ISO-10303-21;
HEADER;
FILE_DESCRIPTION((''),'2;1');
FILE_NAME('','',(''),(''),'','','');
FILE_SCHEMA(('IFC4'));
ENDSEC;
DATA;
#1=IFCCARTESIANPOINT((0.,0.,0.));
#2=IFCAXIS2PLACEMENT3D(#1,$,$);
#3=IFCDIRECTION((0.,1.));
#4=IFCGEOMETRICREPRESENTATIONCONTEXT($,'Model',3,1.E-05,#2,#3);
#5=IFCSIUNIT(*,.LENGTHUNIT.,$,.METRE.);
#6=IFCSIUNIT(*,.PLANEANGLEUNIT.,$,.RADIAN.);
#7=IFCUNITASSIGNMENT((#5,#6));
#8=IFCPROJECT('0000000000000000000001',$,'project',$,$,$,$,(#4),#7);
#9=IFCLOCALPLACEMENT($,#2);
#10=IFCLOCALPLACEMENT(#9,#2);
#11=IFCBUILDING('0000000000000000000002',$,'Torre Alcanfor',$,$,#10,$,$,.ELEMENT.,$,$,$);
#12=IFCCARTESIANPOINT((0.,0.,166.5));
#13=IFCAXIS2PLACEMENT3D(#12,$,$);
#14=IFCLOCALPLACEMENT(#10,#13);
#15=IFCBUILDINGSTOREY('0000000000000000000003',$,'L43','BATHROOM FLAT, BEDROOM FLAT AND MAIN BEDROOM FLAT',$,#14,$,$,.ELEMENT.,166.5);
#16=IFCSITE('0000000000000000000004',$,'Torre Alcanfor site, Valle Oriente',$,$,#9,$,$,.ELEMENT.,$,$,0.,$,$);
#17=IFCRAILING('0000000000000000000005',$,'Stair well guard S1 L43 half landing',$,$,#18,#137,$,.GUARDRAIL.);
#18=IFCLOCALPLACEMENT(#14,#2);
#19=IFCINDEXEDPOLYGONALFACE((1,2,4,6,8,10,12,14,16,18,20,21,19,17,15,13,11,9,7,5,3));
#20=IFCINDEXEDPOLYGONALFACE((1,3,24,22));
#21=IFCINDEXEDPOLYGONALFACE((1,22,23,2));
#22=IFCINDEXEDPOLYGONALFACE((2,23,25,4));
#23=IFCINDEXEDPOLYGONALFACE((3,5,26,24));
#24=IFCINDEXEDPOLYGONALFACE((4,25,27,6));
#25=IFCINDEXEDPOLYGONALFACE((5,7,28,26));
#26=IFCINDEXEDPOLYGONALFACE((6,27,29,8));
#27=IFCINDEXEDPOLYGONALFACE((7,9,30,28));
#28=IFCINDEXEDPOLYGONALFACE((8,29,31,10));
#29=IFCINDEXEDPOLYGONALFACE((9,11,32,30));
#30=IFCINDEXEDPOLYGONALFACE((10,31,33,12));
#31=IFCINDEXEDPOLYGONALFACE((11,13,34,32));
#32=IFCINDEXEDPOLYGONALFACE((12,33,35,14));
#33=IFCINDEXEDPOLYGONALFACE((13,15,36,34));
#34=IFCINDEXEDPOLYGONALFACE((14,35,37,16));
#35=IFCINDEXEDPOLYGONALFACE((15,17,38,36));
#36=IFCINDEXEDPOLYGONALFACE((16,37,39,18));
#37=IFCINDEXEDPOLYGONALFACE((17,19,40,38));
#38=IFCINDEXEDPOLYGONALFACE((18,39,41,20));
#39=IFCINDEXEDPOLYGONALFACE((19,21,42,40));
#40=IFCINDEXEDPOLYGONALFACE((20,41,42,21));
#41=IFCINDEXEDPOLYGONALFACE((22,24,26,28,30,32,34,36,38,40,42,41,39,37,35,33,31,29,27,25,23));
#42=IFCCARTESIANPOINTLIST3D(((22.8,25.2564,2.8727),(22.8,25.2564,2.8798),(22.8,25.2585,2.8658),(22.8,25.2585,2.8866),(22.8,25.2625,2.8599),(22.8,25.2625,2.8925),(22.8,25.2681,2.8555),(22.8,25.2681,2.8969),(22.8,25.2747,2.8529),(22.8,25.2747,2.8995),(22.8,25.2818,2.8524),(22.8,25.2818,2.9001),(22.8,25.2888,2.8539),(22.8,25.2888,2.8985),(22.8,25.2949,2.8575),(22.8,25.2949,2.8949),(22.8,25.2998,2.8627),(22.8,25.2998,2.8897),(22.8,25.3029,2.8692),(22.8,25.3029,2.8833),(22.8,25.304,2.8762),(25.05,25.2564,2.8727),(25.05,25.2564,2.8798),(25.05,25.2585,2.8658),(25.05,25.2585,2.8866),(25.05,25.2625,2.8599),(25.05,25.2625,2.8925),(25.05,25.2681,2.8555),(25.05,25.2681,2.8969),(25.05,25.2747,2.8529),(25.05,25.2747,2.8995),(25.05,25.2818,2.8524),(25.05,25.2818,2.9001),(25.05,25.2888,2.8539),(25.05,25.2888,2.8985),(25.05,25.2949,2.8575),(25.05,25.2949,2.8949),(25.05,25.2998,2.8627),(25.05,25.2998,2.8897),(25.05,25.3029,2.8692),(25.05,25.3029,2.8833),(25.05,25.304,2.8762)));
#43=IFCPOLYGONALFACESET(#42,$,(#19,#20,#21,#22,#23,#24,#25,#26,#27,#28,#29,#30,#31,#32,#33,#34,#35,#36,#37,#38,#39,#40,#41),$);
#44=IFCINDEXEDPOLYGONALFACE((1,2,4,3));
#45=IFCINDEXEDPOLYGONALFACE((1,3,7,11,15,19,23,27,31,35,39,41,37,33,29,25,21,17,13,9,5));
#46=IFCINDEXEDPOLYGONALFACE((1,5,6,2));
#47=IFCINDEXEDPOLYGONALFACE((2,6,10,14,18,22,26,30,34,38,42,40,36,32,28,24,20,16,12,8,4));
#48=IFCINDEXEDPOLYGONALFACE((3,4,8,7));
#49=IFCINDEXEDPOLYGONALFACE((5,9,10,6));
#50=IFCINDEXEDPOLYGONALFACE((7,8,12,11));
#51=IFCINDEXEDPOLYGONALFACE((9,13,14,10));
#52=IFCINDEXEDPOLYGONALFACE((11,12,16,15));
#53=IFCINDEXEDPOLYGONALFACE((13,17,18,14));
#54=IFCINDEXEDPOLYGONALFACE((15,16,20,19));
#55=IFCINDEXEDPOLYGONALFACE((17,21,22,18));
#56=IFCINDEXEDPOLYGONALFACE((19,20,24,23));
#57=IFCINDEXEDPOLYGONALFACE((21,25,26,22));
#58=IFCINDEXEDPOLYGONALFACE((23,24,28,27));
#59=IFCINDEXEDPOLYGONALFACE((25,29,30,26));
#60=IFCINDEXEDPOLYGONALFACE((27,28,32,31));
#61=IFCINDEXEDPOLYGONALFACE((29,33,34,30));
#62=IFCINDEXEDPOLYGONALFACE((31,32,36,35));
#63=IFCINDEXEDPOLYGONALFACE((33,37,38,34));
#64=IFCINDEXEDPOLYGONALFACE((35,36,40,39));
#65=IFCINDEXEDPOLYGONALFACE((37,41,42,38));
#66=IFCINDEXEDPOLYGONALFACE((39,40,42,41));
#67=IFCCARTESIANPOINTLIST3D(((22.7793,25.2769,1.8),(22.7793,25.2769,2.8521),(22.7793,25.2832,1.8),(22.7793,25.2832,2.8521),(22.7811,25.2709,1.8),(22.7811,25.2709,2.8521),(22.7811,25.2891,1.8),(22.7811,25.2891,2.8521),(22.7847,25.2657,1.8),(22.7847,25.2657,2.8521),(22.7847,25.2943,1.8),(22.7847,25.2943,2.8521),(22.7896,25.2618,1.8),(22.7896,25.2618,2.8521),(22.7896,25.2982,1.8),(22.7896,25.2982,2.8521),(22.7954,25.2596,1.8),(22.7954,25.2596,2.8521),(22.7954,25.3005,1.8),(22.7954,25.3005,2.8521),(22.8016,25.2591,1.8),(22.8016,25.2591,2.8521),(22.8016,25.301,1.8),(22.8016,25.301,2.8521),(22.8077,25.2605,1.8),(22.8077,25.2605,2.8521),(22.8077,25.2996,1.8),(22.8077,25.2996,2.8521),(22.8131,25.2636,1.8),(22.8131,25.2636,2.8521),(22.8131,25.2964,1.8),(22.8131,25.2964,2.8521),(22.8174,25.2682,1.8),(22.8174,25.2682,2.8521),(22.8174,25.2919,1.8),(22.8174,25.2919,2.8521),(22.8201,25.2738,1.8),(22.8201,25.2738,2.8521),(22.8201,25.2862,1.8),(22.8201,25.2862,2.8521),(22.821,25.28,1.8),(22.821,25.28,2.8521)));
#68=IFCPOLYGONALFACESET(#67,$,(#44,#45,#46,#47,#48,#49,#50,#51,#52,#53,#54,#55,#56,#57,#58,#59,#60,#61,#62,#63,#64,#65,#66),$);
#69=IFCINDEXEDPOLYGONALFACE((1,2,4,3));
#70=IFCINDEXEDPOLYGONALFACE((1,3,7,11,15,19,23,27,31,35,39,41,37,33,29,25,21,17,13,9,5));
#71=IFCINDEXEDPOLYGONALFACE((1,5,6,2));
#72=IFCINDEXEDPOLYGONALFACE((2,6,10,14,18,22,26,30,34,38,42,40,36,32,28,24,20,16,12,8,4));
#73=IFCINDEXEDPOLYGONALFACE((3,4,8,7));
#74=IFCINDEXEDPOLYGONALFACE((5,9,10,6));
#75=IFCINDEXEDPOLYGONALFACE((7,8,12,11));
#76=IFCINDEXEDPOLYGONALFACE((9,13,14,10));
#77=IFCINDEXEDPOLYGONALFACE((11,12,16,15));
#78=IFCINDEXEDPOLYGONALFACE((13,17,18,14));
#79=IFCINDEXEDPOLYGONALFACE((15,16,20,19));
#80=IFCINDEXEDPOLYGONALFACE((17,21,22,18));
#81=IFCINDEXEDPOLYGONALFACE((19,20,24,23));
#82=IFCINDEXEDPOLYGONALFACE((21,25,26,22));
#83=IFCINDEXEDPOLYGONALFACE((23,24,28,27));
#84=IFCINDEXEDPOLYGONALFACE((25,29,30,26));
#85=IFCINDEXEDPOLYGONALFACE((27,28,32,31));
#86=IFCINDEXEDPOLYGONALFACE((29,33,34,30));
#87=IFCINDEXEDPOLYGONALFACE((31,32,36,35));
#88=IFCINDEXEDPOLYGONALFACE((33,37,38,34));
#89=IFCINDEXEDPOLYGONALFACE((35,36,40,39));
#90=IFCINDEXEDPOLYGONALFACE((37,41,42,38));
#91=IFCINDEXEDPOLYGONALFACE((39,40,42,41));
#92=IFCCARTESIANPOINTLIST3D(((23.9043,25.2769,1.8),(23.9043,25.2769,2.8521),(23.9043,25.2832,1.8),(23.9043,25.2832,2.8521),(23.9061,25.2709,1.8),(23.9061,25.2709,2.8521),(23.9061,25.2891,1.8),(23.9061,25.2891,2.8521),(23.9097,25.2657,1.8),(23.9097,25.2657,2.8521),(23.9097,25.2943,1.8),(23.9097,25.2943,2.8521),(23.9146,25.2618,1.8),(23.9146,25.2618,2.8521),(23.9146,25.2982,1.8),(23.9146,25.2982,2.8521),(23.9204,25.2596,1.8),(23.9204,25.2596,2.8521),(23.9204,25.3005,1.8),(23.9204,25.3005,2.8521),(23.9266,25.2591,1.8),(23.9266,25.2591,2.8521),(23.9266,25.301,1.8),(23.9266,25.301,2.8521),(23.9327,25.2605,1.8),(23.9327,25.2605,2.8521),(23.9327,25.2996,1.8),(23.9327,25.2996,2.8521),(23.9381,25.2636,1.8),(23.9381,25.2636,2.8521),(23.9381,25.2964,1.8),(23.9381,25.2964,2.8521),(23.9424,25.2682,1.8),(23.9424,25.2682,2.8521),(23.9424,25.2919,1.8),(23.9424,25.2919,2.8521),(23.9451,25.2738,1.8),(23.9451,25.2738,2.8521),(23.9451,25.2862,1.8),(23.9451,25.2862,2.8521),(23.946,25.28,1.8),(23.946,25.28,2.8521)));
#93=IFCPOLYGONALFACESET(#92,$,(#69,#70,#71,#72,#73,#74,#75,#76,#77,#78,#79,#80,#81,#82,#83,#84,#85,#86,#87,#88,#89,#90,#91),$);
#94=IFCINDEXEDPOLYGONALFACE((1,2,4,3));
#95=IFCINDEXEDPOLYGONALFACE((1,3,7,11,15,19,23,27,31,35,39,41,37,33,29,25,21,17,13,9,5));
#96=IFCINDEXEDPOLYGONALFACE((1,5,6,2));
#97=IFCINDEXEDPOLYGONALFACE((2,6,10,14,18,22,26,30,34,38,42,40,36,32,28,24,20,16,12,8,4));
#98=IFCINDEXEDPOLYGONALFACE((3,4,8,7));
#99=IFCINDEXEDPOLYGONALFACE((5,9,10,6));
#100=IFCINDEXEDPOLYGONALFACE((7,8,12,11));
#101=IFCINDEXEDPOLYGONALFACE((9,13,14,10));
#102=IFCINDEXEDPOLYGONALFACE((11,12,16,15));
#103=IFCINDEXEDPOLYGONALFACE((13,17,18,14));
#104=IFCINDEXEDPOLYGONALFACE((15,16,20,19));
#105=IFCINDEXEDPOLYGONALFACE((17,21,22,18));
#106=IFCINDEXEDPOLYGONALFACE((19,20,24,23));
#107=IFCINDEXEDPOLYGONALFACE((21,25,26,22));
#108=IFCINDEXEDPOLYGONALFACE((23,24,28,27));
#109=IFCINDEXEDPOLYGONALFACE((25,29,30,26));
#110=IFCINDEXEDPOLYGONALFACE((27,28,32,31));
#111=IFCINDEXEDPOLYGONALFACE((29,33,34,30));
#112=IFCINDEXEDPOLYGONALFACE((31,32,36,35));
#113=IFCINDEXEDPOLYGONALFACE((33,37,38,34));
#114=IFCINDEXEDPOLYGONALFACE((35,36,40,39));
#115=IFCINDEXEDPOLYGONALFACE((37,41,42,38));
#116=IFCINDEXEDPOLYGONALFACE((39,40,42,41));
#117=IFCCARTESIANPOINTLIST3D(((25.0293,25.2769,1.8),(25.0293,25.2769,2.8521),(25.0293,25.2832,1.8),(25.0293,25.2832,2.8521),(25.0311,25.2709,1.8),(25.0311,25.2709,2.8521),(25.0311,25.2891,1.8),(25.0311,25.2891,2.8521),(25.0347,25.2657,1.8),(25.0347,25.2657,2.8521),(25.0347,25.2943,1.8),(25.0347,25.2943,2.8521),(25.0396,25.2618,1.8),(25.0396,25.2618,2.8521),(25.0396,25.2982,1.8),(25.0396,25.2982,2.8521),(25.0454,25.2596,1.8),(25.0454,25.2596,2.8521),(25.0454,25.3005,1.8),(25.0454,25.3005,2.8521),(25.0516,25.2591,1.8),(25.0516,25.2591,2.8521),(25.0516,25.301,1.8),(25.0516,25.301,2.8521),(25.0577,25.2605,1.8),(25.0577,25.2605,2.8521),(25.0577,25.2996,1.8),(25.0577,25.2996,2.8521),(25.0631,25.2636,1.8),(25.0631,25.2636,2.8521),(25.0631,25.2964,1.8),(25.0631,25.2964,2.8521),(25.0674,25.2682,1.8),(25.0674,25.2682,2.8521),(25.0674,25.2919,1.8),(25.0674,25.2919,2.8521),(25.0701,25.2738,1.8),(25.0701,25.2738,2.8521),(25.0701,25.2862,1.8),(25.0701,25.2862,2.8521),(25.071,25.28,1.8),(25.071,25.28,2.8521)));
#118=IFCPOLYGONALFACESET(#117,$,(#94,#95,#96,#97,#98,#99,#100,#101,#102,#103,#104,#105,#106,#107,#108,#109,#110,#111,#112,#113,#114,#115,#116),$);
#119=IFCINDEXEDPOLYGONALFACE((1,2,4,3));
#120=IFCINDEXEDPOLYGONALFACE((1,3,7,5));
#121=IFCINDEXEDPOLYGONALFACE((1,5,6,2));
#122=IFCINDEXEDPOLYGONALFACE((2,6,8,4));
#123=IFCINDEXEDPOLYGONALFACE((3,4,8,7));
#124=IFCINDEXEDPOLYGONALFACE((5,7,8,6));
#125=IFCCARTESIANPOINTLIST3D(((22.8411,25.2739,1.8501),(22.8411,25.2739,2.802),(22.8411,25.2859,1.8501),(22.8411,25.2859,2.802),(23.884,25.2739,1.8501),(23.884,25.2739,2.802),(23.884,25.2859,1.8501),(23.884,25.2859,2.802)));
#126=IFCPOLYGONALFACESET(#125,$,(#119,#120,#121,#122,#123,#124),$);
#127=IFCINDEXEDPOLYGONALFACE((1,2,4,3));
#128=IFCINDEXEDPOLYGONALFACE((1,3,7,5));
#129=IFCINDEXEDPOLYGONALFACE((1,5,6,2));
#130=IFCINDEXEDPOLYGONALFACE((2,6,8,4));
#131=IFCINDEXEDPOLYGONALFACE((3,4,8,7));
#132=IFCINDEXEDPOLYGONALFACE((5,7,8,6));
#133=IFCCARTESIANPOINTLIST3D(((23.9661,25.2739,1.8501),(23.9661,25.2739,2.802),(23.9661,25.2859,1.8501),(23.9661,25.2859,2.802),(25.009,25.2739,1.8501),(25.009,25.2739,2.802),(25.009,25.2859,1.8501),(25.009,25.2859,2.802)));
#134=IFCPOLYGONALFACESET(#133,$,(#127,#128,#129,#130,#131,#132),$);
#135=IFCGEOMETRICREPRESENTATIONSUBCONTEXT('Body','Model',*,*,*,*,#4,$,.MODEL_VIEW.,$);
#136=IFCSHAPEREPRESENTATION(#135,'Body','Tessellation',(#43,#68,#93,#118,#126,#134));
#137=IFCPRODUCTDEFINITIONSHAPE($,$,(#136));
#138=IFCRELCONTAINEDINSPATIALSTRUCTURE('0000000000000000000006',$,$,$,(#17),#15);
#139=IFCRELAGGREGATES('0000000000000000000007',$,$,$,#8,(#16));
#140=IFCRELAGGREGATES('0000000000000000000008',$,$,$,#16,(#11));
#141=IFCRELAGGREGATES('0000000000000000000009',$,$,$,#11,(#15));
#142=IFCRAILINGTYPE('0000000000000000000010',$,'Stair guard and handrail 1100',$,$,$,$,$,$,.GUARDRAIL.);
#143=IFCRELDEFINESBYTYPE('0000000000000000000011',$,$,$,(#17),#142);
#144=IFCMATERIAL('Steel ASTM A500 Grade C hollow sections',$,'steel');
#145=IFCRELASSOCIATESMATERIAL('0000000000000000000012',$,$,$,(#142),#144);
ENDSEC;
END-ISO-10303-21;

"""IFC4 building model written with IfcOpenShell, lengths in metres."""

from ifc_helpers import new_model, si_unit, direction, frame, origin, origin_2d, place, context, subcontext, project, spatial, polyline, circle, outline, extrude, material, type_object, element, save


model = new_model("IFC4")

# Units and contexts
model_context = context("Model", 3, precision=1e-05, world=origin(), true_north=direction((0.0, 1.0)))
body_context = subcontext(model_context, "Body", "Model", "MODEL_VIEW")
ifc_project = project(units=[si_unit("LENGTHUNIT", "METRE"), si_unit("PLANEANGLEUNIT", "RADIAN")], contexts=[model_context])

# Site, building, storey
site_placement = place(None, origin())
site = spatial("IfcSite", under=ifc_project, at=site_placement, Name="Torre Alcanfor site, Valle Oriente", CompositionType="ELEMENT", RefElevation=0.0)
building_placement = place(site_placement, origin())
building = spatial("IfcBuilding", under=site, at=building_placement, Name="Torre Alcanfor", CompositionType="ELEMENT")
storey_placement = place(building_placement, frame((0.0, 0.0, 166.5)))
storey = spatial("IfcBuildingStorey", under=building, at=storey_placement, Name="L43", Description="BATHROOM FLAT, BEDROOM FLAT AND MAIN BEDROOM FLAT", CompositionType="ELEMENT", Elevation=166.5)

# Railing
ifc_material_1 = material(Name="Steel ASTM A500 Grade C hollow sections", Category="steel")
railing_type_1 = type_object("IfcRailingType", Name="Stair guard and handrail 1100", PredefinedType="GUARDRAIL", material=ifc_material_1)
railing_1_placement = place(storey_placement, frame((22.8, 25.28, 1.8)))
element("IfcRailing", 1, at=railing_1_placement, inside=storey, type_object=railing_type_1, Name="Stair well guard S1 L43 half landing", PredefinedType="GUARDRAIL", context=body_context, shape_type="SweptSolid", body=[
    extrude(circle(Radius=0.0239, at=origin_2d()), frame((0.0, 0.0, 1.0762), z_axis=(1.0, 0.0, 0.0), x_axis=(0.0, 1.0, 0.0)), (0.0, 0.0, 1.0), 2.25),
    extrude(circle(Radius=0.021, at=origin_2d()), origin(), (0.0, 0.0, 1.0), 1.052),
    extrude(circle(Radius=0.021, at=origin_2d()), frame((1.125, 0.0, 0.0)), (0.0, 0.0, 1.0), 1.052),
    extrude(circle(Radius=0.021, at=origin_2d()), frame((2.25, 0.0, 0.0)), (0.0, 0.0, 1.0), 1.052),
    extrude(outline(polyline([(0.041, 0.05), (1.084, 0.05), (1.084, 1.002), (0.041, 1.002), (0.041, 0.05)])), frame((0.0, 0.0059, 0.0), z_axis=(0.0, -1.0, 0.0), x_axis=(1.0, 0.0, 0.0)), (0.0, 0.0, 1.0), 0.012),
    extrude(outline(polyline([(1.166, 0.05), (2.209, 0.05), (2.209, 1.002), (1.166, 1.002), (1.166, 0.05)])), frame((0.0, 0.0059, 0.0), z_axis=(0.0, -1.0, 0.0), x_axis=(1.0, 0.0, 0.0)), (0.0, 0.0, 1.0), 0.012),
])

save(model, "model.ifc")
